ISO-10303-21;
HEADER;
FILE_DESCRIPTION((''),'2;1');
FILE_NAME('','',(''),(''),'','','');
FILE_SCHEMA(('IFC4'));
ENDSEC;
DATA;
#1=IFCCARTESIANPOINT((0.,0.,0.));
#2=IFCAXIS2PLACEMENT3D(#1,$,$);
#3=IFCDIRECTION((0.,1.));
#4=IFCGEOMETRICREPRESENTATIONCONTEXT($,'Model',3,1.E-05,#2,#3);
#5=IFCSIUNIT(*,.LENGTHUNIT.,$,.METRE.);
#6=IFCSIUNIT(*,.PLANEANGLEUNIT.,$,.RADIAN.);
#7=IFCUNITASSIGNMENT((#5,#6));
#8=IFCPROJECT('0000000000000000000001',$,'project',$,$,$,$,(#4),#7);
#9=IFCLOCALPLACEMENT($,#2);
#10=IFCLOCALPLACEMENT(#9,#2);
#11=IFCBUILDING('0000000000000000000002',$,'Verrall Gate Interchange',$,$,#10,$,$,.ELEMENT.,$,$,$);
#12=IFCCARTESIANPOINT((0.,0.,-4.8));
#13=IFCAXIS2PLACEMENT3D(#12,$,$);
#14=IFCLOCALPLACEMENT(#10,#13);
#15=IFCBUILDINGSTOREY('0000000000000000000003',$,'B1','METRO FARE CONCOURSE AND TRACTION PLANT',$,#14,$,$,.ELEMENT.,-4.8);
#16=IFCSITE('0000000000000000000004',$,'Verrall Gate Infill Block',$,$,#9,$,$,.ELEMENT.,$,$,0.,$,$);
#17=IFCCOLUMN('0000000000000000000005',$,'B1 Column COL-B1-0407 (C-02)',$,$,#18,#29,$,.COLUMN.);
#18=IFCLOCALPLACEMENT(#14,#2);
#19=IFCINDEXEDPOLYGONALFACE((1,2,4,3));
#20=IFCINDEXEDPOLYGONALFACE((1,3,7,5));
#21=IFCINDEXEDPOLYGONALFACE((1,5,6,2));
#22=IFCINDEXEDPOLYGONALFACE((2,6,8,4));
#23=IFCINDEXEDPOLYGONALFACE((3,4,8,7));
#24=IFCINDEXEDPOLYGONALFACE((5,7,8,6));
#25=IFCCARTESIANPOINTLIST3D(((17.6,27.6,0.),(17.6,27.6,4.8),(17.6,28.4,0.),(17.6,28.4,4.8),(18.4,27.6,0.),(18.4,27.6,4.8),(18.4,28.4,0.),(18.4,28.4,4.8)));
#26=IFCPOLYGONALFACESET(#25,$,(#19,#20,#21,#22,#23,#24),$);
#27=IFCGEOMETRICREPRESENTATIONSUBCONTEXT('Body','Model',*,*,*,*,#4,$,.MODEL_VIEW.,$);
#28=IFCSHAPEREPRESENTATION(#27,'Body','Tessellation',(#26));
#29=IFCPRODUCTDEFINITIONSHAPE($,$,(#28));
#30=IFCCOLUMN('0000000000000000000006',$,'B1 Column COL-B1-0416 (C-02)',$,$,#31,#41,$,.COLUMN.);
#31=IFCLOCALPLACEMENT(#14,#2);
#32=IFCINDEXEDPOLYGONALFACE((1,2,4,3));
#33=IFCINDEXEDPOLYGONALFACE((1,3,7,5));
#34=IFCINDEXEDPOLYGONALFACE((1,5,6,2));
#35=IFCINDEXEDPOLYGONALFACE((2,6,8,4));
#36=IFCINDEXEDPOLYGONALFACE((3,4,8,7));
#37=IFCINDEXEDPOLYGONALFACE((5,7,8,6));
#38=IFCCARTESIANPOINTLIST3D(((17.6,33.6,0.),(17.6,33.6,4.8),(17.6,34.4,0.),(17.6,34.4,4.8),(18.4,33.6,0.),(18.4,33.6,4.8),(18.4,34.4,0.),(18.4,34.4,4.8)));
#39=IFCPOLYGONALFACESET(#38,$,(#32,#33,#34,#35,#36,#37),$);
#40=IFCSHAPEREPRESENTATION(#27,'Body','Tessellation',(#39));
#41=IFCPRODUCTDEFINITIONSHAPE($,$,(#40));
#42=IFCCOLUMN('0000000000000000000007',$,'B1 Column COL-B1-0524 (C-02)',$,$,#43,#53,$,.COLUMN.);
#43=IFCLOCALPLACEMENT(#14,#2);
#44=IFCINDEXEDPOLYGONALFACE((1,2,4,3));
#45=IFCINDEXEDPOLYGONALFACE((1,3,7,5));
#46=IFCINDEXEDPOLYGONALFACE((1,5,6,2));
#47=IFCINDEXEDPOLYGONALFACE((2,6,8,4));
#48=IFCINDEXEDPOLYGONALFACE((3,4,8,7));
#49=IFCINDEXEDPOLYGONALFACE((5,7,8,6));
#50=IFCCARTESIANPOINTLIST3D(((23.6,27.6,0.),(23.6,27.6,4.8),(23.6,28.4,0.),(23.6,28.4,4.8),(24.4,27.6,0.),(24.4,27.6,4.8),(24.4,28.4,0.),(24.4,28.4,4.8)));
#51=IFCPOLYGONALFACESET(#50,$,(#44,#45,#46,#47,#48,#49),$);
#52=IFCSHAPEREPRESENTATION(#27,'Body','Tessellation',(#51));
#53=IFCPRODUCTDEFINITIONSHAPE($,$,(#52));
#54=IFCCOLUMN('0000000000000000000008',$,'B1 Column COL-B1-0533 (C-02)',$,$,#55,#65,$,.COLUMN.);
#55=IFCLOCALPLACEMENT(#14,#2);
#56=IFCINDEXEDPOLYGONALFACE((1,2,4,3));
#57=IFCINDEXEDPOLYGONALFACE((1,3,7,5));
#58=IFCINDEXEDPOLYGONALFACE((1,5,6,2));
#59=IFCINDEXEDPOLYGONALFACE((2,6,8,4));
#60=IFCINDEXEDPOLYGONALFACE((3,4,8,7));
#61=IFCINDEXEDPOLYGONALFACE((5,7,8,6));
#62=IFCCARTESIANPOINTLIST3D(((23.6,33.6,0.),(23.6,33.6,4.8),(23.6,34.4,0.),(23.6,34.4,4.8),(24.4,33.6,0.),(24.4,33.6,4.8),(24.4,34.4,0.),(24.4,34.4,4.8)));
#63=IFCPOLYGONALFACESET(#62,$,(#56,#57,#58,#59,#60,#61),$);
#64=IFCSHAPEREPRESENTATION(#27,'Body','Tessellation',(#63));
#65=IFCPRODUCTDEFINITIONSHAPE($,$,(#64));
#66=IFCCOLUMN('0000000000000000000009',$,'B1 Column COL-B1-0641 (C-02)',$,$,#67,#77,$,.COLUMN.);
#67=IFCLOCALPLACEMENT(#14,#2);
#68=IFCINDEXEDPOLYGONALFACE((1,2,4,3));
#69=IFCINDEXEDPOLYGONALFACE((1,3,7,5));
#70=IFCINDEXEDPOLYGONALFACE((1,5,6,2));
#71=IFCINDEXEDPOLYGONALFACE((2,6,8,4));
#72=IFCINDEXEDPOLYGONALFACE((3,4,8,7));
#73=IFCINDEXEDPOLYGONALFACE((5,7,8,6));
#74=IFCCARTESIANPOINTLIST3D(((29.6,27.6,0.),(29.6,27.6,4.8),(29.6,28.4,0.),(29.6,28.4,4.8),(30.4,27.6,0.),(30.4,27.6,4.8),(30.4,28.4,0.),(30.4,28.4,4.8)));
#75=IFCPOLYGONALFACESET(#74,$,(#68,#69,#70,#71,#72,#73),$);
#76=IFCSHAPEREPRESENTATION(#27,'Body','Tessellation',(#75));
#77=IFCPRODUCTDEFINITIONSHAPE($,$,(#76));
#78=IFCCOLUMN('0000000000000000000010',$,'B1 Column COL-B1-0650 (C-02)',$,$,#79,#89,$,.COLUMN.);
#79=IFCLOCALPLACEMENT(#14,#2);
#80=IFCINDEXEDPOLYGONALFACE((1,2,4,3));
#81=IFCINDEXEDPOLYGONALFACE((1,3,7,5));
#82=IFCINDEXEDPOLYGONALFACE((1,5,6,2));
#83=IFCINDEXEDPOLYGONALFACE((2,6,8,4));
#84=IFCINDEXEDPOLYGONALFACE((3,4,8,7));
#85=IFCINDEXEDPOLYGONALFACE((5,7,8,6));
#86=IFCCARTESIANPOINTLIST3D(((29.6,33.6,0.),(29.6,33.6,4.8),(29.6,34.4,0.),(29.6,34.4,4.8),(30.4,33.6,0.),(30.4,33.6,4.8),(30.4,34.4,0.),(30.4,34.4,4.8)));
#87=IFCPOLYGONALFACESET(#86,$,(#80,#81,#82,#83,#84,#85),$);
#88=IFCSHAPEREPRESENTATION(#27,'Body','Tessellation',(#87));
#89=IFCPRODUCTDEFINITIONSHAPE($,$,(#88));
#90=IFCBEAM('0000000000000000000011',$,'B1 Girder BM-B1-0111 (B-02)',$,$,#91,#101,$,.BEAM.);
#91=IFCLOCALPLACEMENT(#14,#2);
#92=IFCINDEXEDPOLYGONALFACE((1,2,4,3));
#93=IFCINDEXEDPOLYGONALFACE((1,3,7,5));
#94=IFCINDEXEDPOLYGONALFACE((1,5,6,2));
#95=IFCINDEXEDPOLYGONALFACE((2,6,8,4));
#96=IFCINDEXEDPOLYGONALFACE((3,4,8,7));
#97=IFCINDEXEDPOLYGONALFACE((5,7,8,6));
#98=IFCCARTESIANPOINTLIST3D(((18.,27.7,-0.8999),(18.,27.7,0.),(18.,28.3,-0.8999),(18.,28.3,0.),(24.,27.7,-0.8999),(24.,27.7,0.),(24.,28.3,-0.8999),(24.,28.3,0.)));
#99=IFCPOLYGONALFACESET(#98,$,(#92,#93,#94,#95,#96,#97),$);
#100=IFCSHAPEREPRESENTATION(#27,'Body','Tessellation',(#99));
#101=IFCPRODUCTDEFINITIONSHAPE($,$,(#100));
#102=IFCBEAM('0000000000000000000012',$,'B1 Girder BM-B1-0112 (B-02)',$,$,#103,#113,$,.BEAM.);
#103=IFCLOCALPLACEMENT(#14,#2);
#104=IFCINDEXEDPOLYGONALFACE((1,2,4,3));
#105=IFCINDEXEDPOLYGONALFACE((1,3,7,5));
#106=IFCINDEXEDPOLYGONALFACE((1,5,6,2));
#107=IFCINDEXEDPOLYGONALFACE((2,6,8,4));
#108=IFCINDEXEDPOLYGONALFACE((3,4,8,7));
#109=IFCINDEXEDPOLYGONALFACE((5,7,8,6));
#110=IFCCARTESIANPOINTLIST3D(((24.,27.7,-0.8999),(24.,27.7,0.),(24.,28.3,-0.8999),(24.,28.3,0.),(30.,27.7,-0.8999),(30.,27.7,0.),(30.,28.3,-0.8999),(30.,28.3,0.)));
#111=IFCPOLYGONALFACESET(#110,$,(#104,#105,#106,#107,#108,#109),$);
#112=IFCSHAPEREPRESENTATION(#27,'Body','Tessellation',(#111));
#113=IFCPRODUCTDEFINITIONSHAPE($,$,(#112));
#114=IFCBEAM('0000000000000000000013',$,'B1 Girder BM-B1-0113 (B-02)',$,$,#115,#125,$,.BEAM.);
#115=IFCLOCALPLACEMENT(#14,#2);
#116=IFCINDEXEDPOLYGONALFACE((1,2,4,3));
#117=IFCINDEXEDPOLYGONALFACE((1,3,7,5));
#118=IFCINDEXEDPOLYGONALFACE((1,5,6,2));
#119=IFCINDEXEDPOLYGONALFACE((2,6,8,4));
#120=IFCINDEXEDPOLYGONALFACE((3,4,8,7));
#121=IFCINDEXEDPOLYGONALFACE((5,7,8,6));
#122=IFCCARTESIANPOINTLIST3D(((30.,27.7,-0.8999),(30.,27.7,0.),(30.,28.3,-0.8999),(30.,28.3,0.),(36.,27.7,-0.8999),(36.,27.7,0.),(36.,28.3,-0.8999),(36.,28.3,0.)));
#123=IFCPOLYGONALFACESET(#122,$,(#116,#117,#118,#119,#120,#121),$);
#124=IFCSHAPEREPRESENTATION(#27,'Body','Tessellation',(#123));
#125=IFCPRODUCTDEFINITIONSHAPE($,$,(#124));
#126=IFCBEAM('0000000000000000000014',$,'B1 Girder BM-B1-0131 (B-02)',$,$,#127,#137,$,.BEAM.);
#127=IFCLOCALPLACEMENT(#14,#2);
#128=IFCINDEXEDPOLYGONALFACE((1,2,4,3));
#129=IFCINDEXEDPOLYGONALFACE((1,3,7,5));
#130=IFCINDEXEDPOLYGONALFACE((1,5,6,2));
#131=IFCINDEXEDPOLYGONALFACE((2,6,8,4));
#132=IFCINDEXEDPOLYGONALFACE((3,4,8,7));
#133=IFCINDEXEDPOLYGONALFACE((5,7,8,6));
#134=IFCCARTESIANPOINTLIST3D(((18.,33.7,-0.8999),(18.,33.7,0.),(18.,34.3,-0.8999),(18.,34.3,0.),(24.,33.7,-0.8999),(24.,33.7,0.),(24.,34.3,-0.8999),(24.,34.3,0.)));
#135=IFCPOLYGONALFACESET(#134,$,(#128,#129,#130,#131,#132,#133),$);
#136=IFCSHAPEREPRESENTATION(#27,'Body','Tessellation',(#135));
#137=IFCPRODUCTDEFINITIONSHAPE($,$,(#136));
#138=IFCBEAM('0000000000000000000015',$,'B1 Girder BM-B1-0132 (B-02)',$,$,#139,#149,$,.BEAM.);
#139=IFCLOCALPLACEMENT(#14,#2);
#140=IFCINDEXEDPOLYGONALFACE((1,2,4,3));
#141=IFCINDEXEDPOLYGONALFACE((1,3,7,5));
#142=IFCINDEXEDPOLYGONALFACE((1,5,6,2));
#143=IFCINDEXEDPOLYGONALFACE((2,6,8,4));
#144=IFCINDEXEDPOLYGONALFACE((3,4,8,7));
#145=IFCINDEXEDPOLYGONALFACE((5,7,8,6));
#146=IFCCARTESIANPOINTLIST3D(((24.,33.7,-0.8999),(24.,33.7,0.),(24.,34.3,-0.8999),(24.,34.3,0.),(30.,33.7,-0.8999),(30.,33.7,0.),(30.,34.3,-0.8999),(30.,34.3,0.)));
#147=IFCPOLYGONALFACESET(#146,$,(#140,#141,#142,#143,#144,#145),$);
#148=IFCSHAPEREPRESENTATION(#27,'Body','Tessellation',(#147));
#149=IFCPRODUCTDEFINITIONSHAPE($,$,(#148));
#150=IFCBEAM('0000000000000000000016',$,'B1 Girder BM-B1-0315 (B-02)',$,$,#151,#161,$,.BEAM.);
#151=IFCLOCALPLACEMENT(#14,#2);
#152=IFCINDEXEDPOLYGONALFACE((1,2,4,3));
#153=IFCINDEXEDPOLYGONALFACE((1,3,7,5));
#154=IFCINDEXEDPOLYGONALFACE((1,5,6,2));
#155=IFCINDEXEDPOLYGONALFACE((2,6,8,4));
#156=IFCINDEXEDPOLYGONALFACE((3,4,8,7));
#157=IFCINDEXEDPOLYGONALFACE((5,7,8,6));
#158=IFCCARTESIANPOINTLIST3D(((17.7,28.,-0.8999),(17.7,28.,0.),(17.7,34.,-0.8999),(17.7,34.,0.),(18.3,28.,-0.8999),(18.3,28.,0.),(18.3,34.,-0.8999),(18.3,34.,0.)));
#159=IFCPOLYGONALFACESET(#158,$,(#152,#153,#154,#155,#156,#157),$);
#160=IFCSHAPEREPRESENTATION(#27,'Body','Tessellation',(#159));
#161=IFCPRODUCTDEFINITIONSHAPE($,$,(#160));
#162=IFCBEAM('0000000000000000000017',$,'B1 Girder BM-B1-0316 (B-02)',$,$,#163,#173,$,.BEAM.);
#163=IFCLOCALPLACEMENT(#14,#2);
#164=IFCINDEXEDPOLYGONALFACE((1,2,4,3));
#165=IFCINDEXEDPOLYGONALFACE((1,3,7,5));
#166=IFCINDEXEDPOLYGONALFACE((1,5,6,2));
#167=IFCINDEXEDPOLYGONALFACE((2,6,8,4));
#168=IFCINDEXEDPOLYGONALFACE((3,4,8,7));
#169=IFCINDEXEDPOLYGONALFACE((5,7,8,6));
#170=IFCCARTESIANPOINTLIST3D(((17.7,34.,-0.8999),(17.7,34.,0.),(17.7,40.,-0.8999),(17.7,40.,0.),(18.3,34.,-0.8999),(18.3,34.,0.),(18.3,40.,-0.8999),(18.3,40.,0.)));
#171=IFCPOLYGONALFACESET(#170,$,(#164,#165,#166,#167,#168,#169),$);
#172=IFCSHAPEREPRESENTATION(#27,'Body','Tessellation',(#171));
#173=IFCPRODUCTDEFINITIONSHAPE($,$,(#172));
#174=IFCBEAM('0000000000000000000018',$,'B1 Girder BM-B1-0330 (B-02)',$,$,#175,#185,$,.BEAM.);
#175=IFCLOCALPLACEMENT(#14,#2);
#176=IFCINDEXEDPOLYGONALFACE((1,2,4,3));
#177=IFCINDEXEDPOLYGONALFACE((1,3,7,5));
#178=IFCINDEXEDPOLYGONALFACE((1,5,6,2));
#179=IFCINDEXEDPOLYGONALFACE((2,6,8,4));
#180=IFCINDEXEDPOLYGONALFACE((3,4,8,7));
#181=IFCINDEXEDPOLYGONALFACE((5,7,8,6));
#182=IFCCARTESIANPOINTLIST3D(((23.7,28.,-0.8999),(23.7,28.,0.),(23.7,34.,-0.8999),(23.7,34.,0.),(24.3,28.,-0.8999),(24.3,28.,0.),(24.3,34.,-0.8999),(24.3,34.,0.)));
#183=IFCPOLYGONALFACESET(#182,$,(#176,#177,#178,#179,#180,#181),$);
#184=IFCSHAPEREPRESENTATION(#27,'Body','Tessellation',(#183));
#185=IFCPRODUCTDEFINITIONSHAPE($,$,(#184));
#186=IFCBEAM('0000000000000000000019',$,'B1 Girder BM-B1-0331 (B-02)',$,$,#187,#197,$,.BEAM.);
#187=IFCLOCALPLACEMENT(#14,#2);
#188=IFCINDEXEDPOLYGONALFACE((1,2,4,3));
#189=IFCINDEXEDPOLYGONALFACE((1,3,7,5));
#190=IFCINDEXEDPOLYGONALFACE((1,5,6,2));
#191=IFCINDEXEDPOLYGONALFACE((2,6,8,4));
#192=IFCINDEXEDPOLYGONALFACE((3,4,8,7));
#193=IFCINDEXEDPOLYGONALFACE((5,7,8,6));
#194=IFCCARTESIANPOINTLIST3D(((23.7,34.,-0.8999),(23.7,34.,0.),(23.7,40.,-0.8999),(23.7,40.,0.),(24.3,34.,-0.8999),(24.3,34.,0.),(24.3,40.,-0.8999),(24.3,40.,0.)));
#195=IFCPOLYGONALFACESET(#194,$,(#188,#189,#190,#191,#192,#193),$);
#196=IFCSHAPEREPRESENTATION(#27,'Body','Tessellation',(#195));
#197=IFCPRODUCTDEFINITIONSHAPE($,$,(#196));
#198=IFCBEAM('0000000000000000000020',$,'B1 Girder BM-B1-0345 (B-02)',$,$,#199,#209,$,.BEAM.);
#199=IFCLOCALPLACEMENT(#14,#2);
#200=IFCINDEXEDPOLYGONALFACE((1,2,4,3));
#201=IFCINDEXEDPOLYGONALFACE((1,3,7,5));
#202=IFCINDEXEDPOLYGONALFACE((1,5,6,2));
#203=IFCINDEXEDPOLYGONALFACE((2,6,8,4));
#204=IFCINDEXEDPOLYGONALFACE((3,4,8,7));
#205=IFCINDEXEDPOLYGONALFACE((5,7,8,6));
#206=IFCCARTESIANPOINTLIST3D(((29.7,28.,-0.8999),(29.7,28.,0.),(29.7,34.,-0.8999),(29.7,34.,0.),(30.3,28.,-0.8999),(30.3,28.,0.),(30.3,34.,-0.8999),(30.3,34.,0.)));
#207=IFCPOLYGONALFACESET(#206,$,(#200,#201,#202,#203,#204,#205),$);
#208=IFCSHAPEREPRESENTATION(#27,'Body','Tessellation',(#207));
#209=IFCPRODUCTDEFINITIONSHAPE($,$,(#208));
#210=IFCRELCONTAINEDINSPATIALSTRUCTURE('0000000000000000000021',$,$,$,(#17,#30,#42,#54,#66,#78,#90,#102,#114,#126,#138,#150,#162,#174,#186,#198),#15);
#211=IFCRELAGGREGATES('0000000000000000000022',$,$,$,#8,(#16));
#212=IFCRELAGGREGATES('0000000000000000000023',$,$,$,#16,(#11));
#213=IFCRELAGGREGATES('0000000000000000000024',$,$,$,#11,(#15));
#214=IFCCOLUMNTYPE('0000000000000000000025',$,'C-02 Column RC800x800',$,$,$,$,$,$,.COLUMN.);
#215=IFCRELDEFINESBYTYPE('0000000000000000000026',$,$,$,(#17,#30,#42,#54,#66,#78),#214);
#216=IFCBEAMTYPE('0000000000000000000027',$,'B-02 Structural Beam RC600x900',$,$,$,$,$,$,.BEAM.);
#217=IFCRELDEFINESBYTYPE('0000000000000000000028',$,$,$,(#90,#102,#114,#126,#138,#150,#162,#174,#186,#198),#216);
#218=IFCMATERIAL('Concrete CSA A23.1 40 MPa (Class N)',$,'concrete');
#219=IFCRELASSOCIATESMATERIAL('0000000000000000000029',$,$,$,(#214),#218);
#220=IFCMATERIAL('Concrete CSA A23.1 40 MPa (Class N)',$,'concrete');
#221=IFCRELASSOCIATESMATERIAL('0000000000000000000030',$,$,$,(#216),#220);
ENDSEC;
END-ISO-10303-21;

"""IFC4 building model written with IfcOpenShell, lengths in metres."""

from ifc_helpers import new_model, si_unit, direction, frame, origin, origin_2d, place, context, subcontext, project, spatial, rectangle, extrude, material, material_profile, profile_set, type_object, element, save


model = new_model("IFC4")

# Units and contexts
model_context = context("Model", 3, precision=1e-05, world=origin(), true_north=direction((0.0, 1.0)))
body_context = subcontext(model_context, "Body", "Model", "MODEL_VIEW")
ifc_project = project(units=[si_unit("LENGTHUNIT", "METRE"), si_unit("PLANEANGLEUNIT", "RADIAN")], contexts=[model_context])

# Site, building, storey
site_placement = place(None, origin())
site = spatial("IfcSite", under=ifc_project, at=site_placement, Name="Verrall Gate Infill Block", CompositionType="ELEMENT", RefElevation=0.0)
building_placement = place(site_placement, origin())
building = spatial("IfcBuilding", under=site, at=building_placement, Name="Verrall Gate Interchange", CompositionType="ELEMENT")
storey_placement = place(building_placement, frame((0.0, 0.0, -4.8)))
storey = spatial("IfcBuildingStorey", under=building, at=storey_placement, Name="B1", Description="METRO FARE CONCOURSE AND TRACTION PLANT", CompositionType="ELEMENT", Elevation=-4.8)

# Columns
ifc_material_1 = material(Name="Concrete CSA A23.1 40 MPa (Class N)", Category="concrete")
ifc_material_profile_1 = material_profile(ifc_material_1, rectangle(XDim=0.8, YDim=0.8, at=origin_2d()), Name="RC800x800")
ifc_profile_set_1 = profile_set([ifc_material_profile_1], Name="Concrete CSA A23.1 40 MPa (Class N)")
column_type = type_object("IfcColumnType", Name="C-02 Column RC800x800", PredefinedType="COLUMN", material=ifc_profile_set_1)
for number, where, z_axis, x_axis, name in (
    (1, (18.0, 28.0, 0.0), (0.0, 0.0, 1.0), (1.0, 0.0, 0.0), "B1 Column COL-B1-0407 (C-02)"),
    (2, (18.0, 34.0, 0.0), (0.0, 0.0, 1.0), (1.0, 0.0, 0.0), "B1 Column COL-B1-0416 (C-02)"),
    (3, (24.0, 28.0, 0.0), (0.0, 0.0, 1.0), (1.0, 0.0, 0.0), "B1 Column COL-B1-0524 (C-02)"),
    (4, (24.0, 34.0, 0.0), (0.0, 0.0, 1.0), (1.0, 0.0, 0.0), "B1 Column COL-B1-0533 (C-02)"),
    (5, (30.0, 28.0, 0.0), (0.0, 0.0, 1.0), (1.0, 0.0, 0.0), "B1 Column COL-B1-0641 (C-02)"),
    (6, (30.0, 34.0, 0.0), (0.0, 0.0, 1.0), (1.0, 0.0, 0.0), "B1 Column COL-B1-0650 (C-02)"),
):
    element("IfcColumn", number, at=place(storey_placement, frame(where, z_axis=z_axis, x_axis=x_axis)), inside=storey, type_object=column_type, Name=name, PredefinedType="COLUMN", context=body_context, shape_type="SweptSolid", body=[
        extrude(rectangle(XDim=0.8, YDim=0.8, at=origin_2d()), origin(), (0.0, 0.0, 1.0), 4.8),
    ])

# Beams
ifc_material_2 = material(Name="Concrete CSA A23.1 40 MPa (Class N)", Category="concrete")
ifc_material_profile_2 = material_profile(ifc_material_2, rectangle(XDim=0.6001, YDim=0.8999, at=origin_2d()), Name="RC600x900")
ifc_profile_set_2 = profile_set([ifc_material_profile_2], Name="Concrete CSA A23.1 40 MPa (Class N)")
beam_type_1 = type_object("IfcBeamType", Name="B-02 Structural Beam RC600x900", PredefinedType="BEAM", material=ifc_profile_set_2)
for number, where, z_axis, x_axis, name in (
    (7, (18.0, 28.0, -0.45), (1.0, 0.0, 0.0), (0.0, 1.0, 0.0), "B1 Girder BM-B1-0111 (B-02)"),
    (8, (24.0, 28.0, -0.45), (1.0, 0.0, 0.0), (0.0, 1.0, 0.0), "B1 Girder BM-B1-0112 (B-02)"),
    (9, (30.0, 28.0, -0.45), (1.0, 0.0, 0.0), (0.0, 1.0, 0.0), "B1 Girder BM-B1-0113 (B-02)"),
    (10, (18.0, 34.0, -0.45), (1.0, 0.0, 0.0), (0.0, 1.0, 0.0), "B1 Girder BM-B1-0131 (B-02)"),
    (11, (24.0, 34.0, -0.45), (1.0, 0.0, 0.0), (0.0, 1.0, 0.0), "B1 Girder BM-B1-0132 (B-02)"),
    (12, (18.0, 28.0, -0.45), (0.0, 1.0, 0.0), (-1.0, 0.0, 0.0), "B1 Girder BM-B1-0315 (B-02)"),
    (13, (18.0, 34.0, -0.45), (0.0, 1.0, 0.0), (-1.0, 0.0, 0.0), "B1 Girder BM-B1-0316 (B-02)"),
    (14, (24.0, 28.0, -0.45), (0.0, 1.0, 0.0), (-1.0, 0.0, 0.0), "B1 Girder BM-B1-0330 (B-02)"),
    (15, (24.0, 34.0, -0.45), (0.0, 1.0, 0.0), (-1.0, 0.0, 0.0), "B1 Girder BM-B1-0331 (B-02)"),
    (16, (30.0, 28.0, -0.45), (0.0, 1.0, 0.0), (-1.0, 0.0, 0.0), "B1 Girder BM-B1-0345 (B-02)"),
):
    element("IfcBeam", number, at=place(storey_placement, frame(where, z_axis=z_axis, x_axis=x_axis)), inside=storey, type_object=beam_type_1, Name=name, PredefinedType="BEAM", context=body_context, shape_type="SweptSolid", body=[
        extrude(rectangle(XDim=0.6001, YDim=0.8999, at=origin_2d()), origin(), (0.0, 0.0, 1.0), 6.0),
    ])

save(model, "model.ifc")
